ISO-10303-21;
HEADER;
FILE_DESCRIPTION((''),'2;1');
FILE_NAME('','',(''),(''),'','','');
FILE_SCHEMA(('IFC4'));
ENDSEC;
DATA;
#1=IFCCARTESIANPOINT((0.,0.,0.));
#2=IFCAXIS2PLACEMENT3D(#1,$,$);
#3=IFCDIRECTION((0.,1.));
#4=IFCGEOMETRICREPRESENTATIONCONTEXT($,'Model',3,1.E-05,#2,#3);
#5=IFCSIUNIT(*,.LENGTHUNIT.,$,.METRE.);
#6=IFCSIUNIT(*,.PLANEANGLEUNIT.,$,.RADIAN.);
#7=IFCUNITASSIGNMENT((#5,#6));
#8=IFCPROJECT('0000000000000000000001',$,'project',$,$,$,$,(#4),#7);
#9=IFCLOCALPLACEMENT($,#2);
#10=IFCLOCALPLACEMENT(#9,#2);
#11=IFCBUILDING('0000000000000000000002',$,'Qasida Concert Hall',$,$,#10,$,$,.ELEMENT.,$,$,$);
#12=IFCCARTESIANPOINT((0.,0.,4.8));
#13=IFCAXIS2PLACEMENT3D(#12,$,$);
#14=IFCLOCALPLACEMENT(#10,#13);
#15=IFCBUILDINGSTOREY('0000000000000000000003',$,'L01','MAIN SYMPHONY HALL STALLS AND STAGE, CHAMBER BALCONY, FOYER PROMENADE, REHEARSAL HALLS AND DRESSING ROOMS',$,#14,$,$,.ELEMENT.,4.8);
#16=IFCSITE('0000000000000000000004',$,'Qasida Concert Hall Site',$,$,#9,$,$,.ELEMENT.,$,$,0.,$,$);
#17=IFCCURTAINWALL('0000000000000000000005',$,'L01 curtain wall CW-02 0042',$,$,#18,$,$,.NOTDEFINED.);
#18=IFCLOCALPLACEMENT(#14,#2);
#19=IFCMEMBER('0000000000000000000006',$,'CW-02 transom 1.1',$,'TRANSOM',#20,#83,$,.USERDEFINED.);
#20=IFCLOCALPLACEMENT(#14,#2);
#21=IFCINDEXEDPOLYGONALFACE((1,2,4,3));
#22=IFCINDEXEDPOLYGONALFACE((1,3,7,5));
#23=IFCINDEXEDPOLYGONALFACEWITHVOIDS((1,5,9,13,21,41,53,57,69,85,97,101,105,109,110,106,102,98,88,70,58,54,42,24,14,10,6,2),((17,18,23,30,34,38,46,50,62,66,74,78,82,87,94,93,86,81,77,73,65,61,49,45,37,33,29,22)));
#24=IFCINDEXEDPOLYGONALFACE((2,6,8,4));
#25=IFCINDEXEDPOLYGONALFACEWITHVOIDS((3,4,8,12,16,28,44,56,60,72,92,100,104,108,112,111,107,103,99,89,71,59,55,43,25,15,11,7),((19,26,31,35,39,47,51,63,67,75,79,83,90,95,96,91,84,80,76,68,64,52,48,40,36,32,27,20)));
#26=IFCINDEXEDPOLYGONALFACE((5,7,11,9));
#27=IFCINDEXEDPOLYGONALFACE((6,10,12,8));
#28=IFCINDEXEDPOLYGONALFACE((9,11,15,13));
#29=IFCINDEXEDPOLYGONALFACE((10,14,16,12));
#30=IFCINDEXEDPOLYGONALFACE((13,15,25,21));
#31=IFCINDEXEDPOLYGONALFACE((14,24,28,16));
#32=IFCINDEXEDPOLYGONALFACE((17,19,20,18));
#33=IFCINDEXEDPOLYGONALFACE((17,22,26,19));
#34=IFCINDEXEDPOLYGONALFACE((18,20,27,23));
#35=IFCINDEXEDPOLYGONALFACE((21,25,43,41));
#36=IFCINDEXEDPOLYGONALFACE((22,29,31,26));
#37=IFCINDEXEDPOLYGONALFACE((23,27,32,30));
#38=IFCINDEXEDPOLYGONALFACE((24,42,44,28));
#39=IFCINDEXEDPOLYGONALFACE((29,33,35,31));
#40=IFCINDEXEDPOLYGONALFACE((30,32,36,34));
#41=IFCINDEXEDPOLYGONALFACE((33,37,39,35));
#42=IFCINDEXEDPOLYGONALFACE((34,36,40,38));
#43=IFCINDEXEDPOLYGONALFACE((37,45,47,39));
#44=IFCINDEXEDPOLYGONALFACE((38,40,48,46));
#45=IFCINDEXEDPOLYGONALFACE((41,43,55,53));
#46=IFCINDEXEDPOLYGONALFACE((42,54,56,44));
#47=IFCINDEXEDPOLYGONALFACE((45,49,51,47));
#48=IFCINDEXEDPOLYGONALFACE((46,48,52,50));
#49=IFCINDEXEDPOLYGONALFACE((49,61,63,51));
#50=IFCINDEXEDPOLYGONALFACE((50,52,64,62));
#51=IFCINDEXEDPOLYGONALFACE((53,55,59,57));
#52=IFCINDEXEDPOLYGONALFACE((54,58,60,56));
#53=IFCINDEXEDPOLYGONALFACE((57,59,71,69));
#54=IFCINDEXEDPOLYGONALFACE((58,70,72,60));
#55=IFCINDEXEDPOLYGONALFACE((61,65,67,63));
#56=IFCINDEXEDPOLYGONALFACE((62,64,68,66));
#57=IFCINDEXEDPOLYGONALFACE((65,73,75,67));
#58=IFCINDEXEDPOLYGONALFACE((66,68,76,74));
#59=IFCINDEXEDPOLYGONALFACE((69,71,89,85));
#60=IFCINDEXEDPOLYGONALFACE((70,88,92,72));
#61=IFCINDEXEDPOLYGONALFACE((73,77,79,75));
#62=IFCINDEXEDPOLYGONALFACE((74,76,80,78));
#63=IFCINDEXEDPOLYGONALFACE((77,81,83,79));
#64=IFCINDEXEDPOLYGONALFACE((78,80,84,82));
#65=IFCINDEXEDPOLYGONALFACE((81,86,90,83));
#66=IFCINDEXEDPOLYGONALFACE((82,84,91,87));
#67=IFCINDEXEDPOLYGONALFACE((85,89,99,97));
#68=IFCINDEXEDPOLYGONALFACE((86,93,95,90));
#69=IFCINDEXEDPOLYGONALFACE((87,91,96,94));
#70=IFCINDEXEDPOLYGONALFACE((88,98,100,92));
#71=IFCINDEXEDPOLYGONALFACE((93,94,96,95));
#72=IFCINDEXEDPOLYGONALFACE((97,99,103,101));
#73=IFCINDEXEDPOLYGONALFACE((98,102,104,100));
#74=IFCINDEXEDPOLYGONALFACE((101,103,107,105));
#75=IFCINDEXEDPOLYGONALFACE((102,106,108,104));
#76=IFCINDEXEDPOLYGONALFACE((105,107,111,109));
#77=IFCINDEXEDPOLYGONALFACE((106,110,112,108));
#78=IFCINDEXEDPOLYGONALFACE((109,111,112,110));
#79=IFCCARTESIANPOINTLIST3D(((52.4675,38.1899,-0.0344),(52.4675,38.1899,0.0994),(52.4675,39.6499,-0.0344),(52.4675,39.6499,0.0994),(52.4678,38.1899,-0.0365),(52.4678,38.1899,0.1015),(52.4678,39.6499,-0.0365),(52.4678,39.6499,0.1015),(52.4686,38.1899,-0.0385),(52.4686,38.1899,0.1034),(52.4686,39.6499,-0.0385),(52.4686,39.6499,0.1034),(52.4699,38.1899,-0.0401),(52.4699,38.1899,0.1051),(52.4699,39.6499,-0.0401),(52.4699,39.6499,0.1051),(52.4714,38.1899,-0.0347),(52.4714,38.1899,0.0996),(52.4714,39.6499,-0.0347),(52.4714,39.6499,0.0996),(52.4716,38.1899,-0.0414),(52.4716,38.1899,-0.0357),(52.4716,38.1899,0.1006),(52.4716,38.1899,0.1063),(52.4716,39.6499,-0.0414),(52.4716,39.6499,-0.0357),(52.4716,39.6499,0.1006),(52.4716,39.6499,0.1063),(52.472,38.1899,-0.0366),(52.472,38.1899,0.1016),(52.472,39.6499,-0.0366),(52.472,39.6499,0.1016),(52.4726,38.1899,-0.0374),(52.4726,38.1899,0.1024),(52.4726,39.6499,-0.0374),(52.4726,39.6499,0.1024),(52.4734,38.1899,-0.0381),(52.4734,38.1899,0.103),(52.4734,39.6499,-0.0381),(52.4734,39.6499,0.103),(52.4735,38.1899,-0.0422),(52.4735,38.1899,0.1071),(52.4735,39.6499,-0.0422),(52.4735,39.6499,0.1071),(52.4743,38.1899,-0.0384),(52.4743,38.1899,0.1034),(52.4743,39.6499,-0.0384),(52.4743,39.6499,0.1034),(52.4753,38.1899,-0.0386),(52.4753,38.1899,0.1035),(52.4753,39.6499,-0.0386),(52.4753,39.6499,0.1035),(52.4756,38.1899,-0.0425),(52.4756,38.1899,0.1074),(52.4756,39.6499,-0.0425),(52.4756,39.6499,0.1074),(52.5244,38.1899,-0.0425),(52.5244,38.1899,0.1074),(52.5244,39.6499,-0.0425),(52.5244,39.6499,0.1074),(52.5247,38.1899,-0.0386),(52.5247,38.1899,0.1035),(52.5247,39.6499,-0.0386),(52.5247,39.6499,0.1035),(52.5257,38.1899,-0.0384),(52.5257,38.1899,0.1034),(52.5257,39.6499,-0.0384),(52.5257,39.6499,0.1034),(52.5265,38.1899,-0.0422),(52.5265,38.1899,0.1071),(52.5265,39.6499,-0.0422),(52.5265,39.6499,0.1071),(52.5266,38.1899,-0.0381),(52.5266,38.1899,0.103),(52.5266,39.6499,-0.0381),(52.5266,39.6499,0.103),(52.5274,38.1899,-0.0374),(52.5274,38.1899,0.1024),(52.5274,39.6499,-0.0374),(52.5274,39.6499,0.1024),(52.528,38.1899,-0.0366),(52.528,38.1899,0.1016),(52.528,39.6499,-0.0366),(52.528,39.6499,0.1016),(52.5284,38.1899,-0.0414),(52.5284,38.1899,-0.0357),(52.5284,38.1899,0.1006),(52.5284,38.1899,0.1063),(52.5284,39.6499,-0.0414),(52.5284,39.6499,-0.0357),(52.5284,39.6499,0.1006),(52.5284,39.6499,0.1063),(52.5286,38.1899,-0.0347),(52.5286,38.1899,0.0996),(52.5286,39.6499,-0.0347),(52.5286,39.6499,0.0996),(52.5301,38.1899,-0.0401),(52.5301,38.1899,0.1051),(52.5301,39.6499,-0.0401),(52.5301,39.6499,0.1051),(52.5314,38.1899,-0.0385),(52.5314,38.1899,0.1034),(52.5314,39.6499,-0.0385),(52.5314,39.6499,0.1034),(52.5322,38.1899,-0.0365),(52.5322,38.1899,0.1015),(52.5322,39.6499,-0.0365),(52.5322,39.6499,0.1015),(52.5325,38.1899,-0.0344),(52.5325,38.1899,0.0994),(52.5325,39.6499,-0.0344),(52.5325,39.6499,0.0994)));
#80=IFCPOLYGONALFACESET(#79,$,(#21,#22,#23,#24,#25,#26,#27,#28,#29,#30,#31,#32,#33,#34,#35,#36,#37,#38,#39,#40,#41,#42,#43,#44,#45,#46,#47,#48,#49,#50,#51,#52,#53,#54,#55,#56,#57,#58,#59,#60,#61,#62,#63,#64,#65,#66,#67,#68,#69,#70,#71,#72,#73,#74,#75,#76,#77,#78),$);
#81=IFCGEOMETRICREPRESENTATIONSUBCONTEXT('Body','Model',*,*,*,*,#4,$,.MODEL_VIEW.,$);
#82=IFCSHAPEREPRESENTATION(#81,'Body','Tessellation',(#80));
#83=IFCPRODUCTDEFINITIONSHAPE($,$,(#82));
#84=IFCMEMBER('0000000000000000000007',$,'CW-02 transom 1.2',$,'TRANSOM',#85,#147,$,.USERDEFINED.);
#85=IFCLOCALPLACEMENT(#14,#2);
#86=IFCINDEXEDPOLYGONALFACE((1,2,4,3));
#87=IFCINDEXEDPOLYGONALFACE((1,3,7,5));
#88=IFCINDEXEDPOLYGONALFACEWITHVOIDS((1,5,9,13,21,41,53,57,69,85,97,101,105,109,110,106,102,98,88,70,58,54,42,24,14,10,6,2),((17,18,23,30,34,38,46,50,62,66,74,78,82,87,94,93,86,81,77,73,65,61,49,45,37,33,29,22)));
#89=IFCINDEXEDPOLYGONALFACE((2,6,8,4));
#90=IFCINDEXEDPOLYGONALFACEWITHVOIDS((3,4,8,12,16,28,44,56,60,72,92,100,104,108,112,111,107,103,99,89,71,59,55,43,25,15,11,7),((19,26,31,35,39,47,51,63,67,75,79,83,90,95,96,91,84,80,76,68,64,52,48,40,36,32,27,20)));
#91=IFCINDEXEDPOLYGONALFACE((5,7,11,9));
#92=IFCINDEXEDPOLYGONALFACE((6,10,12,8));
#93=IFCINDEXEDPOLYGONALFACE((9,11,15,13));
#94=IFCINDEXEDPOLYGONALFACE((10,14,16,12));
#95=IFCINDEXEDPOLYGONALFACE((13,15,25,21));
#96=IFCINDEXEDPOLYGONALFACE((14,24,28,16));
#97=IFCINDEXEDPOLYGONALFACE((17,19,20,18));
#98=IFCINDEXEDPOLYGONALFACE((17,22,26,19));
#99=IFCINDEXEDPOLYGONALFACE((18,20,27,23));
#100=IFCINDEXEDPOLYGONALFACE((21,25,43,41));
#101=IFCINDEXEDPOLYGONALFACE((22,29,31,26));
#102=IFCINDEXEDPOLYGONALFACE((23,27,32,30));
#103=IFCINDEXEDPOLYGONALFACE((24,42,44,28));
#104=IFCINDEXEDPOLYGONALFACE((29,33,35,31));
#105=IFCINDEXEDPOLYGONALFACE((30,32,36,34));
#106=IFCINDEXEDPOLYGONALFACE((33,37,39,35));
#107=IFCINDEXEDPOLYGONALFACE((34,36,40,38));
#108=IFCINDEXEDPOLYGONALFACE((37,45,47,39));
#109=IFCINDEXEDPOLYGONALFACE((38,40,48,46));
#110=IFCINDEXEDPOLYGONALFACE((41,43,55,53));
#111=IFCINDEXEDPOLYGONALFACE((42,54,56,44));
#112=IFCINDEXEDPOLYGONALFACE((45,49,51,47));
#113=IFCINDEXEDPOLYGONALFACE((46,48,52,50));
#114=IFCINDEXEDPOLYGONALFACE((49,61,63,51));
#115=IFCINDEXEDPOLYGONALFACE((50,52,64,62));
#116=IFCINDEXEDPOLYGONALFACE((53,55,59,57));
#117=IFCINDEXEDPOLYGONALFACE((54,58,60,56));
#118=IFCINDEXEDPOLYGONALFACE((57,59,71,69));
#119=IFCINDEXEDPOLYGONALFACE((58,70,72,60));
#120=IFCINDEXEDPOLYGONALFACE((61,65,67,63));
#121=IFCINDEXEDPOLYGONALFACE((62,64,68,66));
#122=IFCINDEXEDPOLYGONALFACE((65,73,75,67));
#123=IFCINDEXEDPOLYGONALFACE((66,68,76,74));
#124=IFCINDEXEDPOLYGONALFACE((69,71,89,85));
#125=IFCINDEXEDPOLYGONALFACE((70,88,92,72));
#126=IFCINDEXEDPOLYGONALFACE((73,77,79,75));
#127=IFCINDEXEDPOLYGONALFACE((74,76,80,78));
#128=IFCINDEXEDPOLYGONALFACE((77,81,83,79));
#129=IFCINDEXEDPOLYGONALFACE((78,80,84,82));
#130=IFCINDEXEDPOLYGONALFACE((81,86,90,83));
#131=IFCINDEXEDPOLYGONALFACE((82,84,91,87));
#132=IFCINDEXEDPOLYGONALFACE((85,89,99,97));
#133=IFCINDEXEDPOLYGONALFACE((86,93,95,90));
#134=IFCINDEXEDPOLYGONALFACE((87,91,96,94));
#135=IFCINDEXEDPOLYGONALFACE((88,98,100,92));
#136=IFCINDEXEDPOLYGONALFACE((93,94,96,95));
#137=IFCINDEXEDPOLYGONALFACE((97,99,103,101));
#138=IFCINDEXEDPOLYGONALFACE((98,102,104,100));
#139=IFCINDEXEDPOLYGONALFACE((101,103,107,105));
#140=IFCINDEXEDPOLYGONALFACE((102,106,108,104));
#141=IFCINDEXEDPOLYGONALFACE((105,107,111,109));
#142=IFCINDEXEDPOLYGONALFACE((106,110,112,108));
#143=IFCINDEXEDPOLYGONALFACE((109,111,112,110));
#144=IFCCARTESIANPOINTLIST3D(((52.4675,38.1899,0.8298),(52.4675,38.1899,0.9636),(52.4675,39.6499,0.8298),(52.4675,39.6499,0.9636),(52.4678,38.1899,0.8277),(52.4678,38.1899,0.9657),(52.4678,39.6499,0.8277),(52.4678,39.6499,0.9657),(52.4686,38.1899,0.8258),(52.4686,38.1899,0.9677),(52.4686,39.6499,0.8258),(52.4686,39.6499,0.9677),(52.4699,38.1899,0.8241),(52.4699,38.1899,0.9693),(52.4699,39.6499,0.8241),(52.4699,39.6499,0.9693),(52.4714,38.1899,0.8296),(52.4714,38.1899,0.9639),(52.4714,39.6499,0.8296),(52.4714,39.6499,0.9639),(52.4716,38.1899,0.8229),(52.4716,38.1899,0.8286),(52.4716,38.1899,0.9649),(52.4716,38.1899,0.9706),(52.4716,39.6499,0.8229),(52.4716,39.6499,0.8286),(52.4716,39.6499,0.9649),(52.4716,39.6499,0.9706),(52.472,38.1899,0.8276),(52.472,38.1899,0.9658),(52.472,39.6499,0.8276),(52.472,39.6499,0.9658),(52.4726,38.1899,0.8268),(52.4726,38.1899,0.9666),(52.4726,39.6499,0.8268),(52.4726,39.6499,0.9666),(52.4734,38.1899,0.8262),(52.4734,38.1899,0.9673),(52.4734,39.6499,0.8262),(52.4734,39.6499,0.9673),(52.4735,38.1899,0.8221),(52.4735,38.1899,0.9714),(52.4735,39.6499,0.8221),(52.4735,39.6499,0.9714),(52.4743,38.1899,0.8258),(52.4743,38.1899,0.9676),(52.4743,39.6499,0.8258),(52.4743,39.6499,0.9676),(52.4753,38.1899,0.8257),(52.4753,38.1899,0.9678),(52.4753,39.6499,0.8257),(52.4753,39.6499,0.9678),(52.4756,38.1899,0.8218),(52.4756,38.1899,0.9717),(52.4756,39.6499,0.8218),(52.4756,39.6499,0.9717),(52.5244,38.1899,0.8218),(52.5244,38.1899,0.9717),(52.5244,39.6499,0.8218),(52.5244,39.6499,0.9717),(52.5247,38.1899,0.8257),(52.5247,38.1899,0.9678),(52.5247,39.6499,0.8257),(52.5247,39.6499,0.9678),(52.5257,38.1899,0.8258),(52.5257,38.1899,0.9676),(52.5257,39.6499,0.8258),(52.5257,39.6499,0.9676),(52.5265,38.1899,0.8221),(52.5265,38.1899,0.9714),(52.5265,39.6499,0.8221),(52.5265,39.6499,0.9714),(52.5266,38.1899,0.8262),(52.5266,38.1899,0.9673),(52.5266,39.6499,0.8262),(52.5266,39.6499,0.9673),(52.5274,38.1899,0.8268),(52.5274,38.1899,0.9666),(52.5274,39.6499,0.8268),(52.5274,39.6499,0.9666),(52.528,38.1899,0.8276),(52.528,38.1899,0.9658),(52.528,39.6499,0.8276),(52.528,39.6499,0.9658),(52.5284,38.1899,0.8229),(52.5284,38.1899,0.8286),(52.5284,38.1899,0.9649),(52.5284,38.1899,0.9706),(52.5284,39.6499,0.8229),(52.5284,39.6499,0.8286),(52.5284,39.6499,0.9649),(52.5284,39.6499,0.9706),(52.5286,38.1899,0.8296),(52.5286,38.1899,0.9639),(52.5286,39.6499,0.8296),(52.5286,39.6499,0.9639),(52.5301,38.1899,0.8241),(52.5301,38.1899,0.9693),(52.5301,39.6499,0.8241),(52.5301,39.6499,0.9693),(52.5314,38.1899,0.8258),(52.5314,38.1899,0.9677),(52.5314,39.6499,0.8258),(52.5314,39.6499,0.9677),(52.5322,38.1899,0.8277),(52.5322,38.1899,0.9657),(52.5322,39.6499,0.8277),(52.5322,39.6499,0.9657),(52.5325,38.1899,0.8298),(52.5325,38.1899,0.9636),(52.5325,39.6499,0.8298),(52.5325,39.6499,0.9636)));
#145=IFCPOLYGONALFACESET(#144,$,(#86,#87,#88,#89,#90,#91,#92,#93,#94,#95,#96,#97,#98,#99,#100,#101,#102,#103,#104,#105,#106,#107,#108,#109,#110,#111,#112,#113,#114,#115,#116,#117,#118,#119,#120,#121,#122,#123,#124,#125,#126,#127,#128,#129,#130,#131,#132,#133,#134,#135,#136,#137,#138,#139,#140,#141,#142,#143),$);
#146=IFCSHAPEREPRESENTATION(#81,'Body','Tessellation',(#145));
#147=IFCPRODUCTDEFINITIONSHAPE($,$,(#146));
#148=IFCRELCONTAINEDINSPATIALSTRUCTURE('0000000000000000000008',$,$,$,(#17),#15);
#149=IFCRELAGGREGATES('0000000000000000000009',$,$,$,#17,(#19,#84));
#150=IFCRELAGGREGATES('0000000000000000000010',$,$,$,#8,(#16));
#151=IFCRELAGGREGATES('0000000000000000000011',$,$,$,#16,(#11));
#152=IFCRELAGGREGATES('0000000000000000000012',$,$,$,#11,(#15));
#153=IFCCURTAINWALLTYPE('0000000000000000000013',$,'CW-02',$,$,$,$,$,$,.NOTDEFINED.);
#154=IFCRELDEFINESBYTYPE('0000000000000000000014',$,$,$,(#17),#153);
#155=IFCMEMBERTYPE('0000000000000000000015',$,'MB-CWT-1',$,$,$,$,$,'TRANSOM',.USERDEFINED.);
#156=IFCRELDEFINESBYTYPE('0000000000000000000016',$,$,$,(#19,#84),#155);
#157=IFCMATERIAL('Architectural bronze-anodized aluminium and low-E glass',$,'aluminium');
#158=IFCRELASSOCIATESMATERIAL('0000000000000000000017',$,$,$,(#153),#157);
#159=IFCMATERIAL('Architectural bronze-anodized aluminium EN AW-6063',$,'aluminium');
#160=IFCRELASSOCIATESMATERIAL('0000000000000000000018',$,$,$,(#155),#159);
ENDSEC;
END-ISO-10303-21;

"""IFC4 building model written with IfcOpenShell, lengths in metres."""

from ifc_helpers import new_model, si_unit, direction, frame, origin, origin_2d, place, context, subcontext, project, spatial, hollow_rectangle, extrude, material, material_profile, profile_set, type_object, element, aggregate, save


model = new_model("IFC4")

# Units and contexts
model_context = context("Model", 3, precision=1e-05, world=origin(), true_north=direction((0.0, 1.0)))
body_context = subcontext(model_context, "Body", "Model", "MODEL_VIEW")
ifc_project = project(units=[si_unit("LENGTHUNIT", "METRE"), si_unit("PLANEANGLEUNIT", "RADIAN")], contexts=[model_context])

# Site, building, storey
site_placement = place(None, origin())
site = spatial("IfcSite", under=ifc_project, at=site_placement, Name="Qasida Concert Hall Site", CompositionType="ELEMENT", RefElevation=0.0)
building_placement = place(site_placement, origin())
building = spatial("IfcBuilding", under=site, at=building_placement, Name="Qasida Concert Hall", CompositionType="ELEMENT")
storey_placement = place(building_placement, frame((0.0, 0.0, 4.8)))
storey = spatial("IfcBuildingStorey", under=building, at=storey_placement, Name="L01", Description="MAIN SYMPHONY HALL STALLS AND STAGE, CHAMBER BALCONY, FOYER PROMENADE, REHEARSAL HALLS AND DRESSING ROOMS", CompositionType="ELEMENT", Elevation=4.8)

# Curtain wall
ifc_material_1 = material(Name="Architectural bronze-anodized aluminium and low-E glass", Category="aluminium")
curtain_wall_type_1 = type_object("IfcCurtainWallType", Name="CW-02", PredefinedType="NOTDEFINED", material=ifc_material_1)
curtain_wall_1_placement = place(storey_placement, origin())
curtain_wall_1 = element("IfcCurtainWall", 1, at=curtain_wall_1_placement, inside=storey, type_object=curtain_wall_type_1, Name="L01 curtain wall CW-02 0042", PredefinedType="NOTDEFINED")
ifc_material_2 = material(Name="Architectural bronze-anodized aluminium EN AW-6063", Category="aluminium")

# Members
ifc_material_profile_1 = material_profile(ifc_material_2, hollow_rectangle(XDim=0.0649, YDim=0.1499, WallThickness=0.0039, InnerFilletRadius=0.0039, OuterFilletRadius=0.0081, at=origin_2d()), Name="CWT 150x65x4")
ifc_profile_set_1 = profile_set([ifc_material_profile_1], Name="Architectural bronze-anodized aluminium EN AW-6063")
member_type_1 = type_object("IfcMemberType", Name="MB-CWT-1", ElementType="TRANSOM", PredefinedType="USERDEFINED", material=ifc_profile_set_1)
member_1_placement = place(storey_placement, frame((52.5, 38.1899, 0.0325), z_axis=(0.0, 1.0, 0.0), x_axis=(-1.0, 0.0, 0.0)))
member_1 = element("IfcMember", 2, at=member_1_placement, type_object=member_type_1, Name="CW-02 transom 1.1", ObjectType="TRANSOM", PredefinedType="USERDEFINED", context=body_context, shape_type="SweptSolid", body=[
    extrude(hollow_rectangle(XDim=0.0649, YDim=0.1499, WallThickness=0.0039, InnerFilletRadius=0.0039, OuterFilletRadius=0.0081, at=origin_2d()), origin(), (0.0, 0.0, 1.0), 1.46),
])
member_2_placement = place(storey_placement, frame((52.5, 38.1899, 0.8967), z_axis=(0.0, 1.0, 0.0), x_axis=(-1.0, 0.0, 0.0)))
member_2 = element("IfcMember", 3, at=member_2_placement, type_object=member_type_1, Name="CW-02 transom 1.2", ObjectType="TRANSOM", PredefinedType="USERDEFINED", context=body_context, shape_type="SweptSolid", body=[
    extrude(hollow_rectangle(XDim=0.0649, YDim=0.1499, WallThickness=0.0039, InnerFilletRadius=0.0039, OuterFilletRadius=0.0081, at=origin_2d()), origin(), (0.0, 0.0, 1.0), 1.46),
])
aggregate(curtain_wall_1, [member_1, member_2])

save(model, "model.ifc")
